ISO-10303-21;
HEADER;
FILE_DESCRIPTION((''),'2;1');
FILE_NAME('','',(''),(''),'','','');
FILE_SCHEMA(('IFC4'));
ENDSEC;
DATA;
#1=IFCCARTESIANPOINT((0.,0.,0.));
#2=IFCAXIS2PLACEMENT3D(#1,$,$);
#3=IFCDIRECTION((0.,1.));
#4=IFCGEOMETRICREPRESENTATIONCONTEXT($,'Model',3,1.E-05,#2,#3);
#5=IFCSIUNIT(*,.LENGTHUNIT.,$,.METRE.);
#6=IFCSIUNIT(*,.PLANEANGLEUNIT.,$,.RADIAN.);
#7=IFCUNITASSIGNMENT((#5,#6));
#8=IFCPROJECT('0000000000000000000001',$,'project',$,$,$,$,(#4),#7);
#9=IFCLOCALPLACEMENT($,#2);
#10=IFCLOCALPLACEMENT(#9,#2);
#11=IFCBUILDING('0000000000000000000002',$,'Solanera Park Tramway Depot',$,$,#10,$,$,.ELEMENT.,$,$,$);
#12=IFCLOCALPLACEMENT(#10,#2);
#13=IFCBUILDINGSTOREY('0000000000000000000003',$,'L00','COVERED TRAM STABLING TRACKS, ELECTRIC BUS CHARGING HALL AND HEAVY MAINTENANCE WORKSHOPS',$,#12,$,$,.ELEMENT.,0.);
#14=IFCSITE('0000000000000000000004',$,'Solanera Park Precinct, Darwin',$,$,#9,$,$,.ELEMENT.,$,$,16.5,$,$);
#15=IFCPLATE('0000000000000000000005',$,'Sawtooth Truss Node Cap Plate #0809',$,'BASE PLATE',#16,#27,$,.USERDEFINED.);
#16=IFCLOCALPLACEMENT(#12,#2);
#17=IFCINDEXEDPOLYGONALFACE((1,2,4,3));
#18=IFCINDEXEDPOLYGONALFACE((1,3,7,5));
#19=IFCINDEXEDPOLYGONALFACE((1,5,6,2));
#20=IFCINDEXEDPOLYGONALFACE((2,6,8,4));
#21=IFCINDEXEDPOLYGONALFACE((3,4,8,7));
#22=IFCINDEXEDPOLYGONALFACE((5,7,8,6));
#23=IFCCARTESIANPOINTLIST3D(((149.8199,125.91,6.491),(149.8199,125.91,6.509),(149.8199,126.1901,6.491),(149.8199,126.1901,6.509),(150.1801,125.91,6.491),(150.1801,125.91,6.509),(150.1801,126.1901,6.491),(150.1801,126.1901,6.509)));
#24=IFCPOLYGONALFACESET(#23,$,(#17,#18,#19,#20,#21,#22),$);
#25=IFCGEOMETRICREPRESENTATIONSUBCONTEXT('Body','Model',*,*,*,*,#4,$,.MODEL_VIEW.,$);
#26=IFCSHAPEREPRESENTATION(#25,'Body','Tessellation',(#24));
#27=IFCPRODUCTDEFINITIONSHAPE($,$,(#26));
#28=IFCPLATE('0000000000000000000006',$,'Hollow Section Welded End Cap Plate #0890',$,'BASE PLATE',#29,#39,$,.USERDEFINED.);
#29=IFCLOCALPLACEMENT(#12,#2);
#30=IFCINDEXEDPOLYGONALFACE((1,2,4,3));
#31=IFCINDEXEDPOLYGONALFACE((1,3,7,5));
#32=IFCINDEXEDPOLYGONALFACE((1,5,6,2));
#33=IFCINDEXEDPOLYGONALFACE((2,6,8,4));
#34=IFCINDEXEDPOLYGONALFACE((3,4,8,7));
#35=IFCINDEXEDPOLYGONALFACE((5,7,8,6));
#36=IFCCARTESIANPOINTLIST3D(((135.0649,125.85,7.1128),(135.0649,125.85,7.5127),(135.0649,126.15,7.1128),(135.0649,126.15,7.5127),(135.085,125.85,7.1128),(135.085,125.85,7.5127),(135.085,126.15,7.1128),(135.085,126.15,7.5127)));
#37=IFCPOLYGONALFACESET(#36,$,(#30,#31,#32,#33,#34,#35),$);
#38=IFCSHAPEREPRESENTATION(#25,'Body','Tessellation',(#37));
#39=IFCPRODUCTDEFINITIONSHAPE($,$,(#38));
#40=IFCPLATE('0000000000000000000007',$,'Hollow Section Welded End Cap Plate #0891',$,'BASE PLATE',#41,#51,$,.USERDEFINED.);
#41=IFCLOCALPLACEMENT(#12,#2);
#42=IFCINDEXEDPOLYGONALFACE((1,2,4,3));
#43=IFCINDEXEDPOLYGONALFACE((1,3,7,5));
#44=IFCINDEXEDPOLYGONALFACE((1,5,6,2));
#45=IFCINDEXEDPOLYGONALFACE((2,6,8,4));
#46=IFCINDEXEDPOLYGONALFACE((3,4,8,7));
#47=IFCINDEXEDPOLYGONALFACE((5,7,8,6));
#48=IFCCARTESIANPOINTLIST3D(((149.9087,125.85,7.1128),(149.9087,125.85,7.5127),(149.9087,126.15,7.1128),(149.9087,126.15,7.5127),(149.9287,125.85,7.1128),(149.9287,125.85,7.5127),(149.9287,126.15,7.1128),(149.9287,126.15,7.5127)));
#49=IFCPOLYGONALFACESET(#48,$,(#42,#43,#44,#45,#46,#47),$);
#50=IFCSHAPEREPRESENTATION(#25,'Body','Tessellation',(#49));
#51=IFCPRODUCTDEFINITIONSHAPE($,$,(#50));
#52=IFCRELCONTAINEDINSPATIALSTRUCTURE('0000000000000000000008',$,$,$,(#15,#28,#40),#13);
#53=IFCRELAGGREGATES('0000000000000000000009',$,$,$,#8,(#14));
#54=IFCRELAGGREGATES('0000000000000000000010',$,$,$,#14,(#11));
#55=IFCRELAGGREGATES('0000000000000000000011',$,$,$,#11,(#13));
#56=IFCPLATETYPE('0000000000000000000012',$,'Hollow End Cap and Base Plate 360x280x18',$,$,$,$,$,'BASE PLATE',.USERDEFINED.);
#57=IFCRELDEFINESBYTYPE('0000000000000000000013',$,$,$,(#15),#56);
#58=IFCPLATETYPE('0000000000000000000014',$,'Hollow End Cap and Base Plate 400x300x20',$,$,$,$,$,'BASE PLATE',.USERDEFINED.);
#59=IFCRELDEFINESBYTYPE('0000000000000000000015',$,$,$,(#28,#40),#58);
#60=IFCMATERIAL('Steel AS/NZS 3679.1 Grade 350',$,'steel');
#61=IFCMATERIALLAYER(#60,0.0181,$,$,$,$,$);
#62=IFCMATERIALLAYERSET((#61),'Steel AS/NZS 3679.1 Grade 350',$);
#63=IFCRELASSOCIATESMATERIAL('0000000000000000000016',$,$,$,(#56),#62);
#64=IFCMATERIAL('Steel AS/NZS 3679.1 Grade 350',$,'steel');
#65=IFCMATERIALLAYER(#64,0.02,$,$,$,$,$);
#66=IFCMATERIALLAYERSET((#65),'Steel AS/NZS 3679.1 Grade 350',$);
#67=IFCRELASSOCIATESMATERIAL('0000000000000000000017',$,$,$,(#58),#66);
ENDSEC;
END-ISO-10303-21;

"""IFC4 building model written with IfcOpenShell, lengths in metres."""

from ifc_helpers import new_model, si_unit, direction, frame, origin, origin_2d, place, context, subcontext, project, spatial, rectangle, extrude, material, layer, layer_set, type_object, element, save


model = new_model("IFC4")

# Units and contexts
model_context = context("Model", 3, precision=1e-05, world=origin(), true_north=direction((0.0, 1.0)))
body_context = subcontext(model_context, "Body", "Model", "MODEL_VIEW")
ifc_project = project(units=[si_unit("LENGTHUNIT", "METRE"), si_unit("PLANEANGLEUNIT", "RADIAN")], contexts=[model_context])

# Site, building, storey
site_placement = place(None, origin())
site = spatial("IfcSite", under=ifc_project, at=site_placement, Name="Solanera Park Precinct, Darwin", CompositionType="ELEMENT", RefElevation=16.5)
building_placement = place(site_placement, origin())
building = spatial("IfcBuilding", under=site, at=building_placement, Name="Solanera Park Tramway Depot", CompositionType="ELEMENT")
storey_placement = place(building_placement, origin())
storey = spatial("IfcBuildingStorey", under=building, at=storey_placement, Name="L00", Description="COVERED TRAM STABLING TRACKS, ELECTRIC BUS CHARGING HALL AND HEAVY MAINTENANCE WORKSHOPS", CompositionType="ELEMENT", Elevation=0.0)

# Plates
ifc_material_1 = material(Name="Steel AS/NZS 3679.1 Grade 350", Category="steel")
ifc_layer_1 = layer(ifc_material_1, 0.0181)
ifc_layer_set_1 = layer_set([ifc_layer_1], Name="Steel AS/NZS 3679.1 Grade 350")
plate_type_1 = type_object("IfcPlateType", Name="Hollow End Cap and Base Plate 360x280x18", ElementType="BASE PLATE", PredefinedType="USERDEFINED", material=ifc_layer_set_1)
plate_placement = place(storey_placement, frame((150.0, 126.05, 6.491), z_axis=(0.0, 0.0, 1.0), x_axis=(1.0, 0.0, 0.0)))
element("IfcPlate", 1, at=plate_placement, inside=storey, type_object=plate_type_1, Name="Sawtooth Truss Node Cap Plate #0809", ObjectType="BASE PLATE", PredefinedType="USERDEFINED", context=body_context, shape_type="SweptSolid", body=[
    extrude(rectangle(XDim=0.3601, YDim=0.28, at=origin_2d()), origin(), (0.0, 0.0, 1.0), 0.0181),
])
ifc_material_2 = material(Name="Steel AS/NZS 3679.1 Grade 350", Category="steel")
ifc_layer_2 = layer(ifc_material_2, 0.02)
ifc_layer_set_2 = layer_set([ifc_layer_2], Name="Steel AS/NZS 3679.1 Grade 350")
plate_type_2 = type_object("IfcPlateType", Name="Hollow End Cap and Base Plate 400x300x20", ElementType="BASE PLATE", PredefinedType="USERDEFINED", material=ifc_layer_set_2)
for number, where, z_axis, x_axis, name in (
    (2, (135.075, 126.0, 7.1128), (0.0, 0.0, 1.0), (1.0, 0.0, 0.0), "Hollow Section Welded End Cap Plate #0890"),
    (3, (149.9187, 126.0, 7.1128), (0.0, 0.0, 1.0), (1.0, 0.0, 0.0), "Hollow Section Welded End Cap Plate #0891"),
):
    element("IfcPlate", number, at=place(storey_placement, frame(where, z_axis=z_axis, x_axis=x_axis)), inside=storey, type_object=plate_type_2, Name=name, ObjectType="BASE PLATE", PredefinedType="USERDEFINED", context=body_context, shape_type="SweptSolid", body=[
        extrude(rectangle(XDim=0.02, YDim=0.3, at=origin_2d()), origin(), (0.0, 0.0, 1.0), 0.3999),
    ])

save(model, "model.ifc")
